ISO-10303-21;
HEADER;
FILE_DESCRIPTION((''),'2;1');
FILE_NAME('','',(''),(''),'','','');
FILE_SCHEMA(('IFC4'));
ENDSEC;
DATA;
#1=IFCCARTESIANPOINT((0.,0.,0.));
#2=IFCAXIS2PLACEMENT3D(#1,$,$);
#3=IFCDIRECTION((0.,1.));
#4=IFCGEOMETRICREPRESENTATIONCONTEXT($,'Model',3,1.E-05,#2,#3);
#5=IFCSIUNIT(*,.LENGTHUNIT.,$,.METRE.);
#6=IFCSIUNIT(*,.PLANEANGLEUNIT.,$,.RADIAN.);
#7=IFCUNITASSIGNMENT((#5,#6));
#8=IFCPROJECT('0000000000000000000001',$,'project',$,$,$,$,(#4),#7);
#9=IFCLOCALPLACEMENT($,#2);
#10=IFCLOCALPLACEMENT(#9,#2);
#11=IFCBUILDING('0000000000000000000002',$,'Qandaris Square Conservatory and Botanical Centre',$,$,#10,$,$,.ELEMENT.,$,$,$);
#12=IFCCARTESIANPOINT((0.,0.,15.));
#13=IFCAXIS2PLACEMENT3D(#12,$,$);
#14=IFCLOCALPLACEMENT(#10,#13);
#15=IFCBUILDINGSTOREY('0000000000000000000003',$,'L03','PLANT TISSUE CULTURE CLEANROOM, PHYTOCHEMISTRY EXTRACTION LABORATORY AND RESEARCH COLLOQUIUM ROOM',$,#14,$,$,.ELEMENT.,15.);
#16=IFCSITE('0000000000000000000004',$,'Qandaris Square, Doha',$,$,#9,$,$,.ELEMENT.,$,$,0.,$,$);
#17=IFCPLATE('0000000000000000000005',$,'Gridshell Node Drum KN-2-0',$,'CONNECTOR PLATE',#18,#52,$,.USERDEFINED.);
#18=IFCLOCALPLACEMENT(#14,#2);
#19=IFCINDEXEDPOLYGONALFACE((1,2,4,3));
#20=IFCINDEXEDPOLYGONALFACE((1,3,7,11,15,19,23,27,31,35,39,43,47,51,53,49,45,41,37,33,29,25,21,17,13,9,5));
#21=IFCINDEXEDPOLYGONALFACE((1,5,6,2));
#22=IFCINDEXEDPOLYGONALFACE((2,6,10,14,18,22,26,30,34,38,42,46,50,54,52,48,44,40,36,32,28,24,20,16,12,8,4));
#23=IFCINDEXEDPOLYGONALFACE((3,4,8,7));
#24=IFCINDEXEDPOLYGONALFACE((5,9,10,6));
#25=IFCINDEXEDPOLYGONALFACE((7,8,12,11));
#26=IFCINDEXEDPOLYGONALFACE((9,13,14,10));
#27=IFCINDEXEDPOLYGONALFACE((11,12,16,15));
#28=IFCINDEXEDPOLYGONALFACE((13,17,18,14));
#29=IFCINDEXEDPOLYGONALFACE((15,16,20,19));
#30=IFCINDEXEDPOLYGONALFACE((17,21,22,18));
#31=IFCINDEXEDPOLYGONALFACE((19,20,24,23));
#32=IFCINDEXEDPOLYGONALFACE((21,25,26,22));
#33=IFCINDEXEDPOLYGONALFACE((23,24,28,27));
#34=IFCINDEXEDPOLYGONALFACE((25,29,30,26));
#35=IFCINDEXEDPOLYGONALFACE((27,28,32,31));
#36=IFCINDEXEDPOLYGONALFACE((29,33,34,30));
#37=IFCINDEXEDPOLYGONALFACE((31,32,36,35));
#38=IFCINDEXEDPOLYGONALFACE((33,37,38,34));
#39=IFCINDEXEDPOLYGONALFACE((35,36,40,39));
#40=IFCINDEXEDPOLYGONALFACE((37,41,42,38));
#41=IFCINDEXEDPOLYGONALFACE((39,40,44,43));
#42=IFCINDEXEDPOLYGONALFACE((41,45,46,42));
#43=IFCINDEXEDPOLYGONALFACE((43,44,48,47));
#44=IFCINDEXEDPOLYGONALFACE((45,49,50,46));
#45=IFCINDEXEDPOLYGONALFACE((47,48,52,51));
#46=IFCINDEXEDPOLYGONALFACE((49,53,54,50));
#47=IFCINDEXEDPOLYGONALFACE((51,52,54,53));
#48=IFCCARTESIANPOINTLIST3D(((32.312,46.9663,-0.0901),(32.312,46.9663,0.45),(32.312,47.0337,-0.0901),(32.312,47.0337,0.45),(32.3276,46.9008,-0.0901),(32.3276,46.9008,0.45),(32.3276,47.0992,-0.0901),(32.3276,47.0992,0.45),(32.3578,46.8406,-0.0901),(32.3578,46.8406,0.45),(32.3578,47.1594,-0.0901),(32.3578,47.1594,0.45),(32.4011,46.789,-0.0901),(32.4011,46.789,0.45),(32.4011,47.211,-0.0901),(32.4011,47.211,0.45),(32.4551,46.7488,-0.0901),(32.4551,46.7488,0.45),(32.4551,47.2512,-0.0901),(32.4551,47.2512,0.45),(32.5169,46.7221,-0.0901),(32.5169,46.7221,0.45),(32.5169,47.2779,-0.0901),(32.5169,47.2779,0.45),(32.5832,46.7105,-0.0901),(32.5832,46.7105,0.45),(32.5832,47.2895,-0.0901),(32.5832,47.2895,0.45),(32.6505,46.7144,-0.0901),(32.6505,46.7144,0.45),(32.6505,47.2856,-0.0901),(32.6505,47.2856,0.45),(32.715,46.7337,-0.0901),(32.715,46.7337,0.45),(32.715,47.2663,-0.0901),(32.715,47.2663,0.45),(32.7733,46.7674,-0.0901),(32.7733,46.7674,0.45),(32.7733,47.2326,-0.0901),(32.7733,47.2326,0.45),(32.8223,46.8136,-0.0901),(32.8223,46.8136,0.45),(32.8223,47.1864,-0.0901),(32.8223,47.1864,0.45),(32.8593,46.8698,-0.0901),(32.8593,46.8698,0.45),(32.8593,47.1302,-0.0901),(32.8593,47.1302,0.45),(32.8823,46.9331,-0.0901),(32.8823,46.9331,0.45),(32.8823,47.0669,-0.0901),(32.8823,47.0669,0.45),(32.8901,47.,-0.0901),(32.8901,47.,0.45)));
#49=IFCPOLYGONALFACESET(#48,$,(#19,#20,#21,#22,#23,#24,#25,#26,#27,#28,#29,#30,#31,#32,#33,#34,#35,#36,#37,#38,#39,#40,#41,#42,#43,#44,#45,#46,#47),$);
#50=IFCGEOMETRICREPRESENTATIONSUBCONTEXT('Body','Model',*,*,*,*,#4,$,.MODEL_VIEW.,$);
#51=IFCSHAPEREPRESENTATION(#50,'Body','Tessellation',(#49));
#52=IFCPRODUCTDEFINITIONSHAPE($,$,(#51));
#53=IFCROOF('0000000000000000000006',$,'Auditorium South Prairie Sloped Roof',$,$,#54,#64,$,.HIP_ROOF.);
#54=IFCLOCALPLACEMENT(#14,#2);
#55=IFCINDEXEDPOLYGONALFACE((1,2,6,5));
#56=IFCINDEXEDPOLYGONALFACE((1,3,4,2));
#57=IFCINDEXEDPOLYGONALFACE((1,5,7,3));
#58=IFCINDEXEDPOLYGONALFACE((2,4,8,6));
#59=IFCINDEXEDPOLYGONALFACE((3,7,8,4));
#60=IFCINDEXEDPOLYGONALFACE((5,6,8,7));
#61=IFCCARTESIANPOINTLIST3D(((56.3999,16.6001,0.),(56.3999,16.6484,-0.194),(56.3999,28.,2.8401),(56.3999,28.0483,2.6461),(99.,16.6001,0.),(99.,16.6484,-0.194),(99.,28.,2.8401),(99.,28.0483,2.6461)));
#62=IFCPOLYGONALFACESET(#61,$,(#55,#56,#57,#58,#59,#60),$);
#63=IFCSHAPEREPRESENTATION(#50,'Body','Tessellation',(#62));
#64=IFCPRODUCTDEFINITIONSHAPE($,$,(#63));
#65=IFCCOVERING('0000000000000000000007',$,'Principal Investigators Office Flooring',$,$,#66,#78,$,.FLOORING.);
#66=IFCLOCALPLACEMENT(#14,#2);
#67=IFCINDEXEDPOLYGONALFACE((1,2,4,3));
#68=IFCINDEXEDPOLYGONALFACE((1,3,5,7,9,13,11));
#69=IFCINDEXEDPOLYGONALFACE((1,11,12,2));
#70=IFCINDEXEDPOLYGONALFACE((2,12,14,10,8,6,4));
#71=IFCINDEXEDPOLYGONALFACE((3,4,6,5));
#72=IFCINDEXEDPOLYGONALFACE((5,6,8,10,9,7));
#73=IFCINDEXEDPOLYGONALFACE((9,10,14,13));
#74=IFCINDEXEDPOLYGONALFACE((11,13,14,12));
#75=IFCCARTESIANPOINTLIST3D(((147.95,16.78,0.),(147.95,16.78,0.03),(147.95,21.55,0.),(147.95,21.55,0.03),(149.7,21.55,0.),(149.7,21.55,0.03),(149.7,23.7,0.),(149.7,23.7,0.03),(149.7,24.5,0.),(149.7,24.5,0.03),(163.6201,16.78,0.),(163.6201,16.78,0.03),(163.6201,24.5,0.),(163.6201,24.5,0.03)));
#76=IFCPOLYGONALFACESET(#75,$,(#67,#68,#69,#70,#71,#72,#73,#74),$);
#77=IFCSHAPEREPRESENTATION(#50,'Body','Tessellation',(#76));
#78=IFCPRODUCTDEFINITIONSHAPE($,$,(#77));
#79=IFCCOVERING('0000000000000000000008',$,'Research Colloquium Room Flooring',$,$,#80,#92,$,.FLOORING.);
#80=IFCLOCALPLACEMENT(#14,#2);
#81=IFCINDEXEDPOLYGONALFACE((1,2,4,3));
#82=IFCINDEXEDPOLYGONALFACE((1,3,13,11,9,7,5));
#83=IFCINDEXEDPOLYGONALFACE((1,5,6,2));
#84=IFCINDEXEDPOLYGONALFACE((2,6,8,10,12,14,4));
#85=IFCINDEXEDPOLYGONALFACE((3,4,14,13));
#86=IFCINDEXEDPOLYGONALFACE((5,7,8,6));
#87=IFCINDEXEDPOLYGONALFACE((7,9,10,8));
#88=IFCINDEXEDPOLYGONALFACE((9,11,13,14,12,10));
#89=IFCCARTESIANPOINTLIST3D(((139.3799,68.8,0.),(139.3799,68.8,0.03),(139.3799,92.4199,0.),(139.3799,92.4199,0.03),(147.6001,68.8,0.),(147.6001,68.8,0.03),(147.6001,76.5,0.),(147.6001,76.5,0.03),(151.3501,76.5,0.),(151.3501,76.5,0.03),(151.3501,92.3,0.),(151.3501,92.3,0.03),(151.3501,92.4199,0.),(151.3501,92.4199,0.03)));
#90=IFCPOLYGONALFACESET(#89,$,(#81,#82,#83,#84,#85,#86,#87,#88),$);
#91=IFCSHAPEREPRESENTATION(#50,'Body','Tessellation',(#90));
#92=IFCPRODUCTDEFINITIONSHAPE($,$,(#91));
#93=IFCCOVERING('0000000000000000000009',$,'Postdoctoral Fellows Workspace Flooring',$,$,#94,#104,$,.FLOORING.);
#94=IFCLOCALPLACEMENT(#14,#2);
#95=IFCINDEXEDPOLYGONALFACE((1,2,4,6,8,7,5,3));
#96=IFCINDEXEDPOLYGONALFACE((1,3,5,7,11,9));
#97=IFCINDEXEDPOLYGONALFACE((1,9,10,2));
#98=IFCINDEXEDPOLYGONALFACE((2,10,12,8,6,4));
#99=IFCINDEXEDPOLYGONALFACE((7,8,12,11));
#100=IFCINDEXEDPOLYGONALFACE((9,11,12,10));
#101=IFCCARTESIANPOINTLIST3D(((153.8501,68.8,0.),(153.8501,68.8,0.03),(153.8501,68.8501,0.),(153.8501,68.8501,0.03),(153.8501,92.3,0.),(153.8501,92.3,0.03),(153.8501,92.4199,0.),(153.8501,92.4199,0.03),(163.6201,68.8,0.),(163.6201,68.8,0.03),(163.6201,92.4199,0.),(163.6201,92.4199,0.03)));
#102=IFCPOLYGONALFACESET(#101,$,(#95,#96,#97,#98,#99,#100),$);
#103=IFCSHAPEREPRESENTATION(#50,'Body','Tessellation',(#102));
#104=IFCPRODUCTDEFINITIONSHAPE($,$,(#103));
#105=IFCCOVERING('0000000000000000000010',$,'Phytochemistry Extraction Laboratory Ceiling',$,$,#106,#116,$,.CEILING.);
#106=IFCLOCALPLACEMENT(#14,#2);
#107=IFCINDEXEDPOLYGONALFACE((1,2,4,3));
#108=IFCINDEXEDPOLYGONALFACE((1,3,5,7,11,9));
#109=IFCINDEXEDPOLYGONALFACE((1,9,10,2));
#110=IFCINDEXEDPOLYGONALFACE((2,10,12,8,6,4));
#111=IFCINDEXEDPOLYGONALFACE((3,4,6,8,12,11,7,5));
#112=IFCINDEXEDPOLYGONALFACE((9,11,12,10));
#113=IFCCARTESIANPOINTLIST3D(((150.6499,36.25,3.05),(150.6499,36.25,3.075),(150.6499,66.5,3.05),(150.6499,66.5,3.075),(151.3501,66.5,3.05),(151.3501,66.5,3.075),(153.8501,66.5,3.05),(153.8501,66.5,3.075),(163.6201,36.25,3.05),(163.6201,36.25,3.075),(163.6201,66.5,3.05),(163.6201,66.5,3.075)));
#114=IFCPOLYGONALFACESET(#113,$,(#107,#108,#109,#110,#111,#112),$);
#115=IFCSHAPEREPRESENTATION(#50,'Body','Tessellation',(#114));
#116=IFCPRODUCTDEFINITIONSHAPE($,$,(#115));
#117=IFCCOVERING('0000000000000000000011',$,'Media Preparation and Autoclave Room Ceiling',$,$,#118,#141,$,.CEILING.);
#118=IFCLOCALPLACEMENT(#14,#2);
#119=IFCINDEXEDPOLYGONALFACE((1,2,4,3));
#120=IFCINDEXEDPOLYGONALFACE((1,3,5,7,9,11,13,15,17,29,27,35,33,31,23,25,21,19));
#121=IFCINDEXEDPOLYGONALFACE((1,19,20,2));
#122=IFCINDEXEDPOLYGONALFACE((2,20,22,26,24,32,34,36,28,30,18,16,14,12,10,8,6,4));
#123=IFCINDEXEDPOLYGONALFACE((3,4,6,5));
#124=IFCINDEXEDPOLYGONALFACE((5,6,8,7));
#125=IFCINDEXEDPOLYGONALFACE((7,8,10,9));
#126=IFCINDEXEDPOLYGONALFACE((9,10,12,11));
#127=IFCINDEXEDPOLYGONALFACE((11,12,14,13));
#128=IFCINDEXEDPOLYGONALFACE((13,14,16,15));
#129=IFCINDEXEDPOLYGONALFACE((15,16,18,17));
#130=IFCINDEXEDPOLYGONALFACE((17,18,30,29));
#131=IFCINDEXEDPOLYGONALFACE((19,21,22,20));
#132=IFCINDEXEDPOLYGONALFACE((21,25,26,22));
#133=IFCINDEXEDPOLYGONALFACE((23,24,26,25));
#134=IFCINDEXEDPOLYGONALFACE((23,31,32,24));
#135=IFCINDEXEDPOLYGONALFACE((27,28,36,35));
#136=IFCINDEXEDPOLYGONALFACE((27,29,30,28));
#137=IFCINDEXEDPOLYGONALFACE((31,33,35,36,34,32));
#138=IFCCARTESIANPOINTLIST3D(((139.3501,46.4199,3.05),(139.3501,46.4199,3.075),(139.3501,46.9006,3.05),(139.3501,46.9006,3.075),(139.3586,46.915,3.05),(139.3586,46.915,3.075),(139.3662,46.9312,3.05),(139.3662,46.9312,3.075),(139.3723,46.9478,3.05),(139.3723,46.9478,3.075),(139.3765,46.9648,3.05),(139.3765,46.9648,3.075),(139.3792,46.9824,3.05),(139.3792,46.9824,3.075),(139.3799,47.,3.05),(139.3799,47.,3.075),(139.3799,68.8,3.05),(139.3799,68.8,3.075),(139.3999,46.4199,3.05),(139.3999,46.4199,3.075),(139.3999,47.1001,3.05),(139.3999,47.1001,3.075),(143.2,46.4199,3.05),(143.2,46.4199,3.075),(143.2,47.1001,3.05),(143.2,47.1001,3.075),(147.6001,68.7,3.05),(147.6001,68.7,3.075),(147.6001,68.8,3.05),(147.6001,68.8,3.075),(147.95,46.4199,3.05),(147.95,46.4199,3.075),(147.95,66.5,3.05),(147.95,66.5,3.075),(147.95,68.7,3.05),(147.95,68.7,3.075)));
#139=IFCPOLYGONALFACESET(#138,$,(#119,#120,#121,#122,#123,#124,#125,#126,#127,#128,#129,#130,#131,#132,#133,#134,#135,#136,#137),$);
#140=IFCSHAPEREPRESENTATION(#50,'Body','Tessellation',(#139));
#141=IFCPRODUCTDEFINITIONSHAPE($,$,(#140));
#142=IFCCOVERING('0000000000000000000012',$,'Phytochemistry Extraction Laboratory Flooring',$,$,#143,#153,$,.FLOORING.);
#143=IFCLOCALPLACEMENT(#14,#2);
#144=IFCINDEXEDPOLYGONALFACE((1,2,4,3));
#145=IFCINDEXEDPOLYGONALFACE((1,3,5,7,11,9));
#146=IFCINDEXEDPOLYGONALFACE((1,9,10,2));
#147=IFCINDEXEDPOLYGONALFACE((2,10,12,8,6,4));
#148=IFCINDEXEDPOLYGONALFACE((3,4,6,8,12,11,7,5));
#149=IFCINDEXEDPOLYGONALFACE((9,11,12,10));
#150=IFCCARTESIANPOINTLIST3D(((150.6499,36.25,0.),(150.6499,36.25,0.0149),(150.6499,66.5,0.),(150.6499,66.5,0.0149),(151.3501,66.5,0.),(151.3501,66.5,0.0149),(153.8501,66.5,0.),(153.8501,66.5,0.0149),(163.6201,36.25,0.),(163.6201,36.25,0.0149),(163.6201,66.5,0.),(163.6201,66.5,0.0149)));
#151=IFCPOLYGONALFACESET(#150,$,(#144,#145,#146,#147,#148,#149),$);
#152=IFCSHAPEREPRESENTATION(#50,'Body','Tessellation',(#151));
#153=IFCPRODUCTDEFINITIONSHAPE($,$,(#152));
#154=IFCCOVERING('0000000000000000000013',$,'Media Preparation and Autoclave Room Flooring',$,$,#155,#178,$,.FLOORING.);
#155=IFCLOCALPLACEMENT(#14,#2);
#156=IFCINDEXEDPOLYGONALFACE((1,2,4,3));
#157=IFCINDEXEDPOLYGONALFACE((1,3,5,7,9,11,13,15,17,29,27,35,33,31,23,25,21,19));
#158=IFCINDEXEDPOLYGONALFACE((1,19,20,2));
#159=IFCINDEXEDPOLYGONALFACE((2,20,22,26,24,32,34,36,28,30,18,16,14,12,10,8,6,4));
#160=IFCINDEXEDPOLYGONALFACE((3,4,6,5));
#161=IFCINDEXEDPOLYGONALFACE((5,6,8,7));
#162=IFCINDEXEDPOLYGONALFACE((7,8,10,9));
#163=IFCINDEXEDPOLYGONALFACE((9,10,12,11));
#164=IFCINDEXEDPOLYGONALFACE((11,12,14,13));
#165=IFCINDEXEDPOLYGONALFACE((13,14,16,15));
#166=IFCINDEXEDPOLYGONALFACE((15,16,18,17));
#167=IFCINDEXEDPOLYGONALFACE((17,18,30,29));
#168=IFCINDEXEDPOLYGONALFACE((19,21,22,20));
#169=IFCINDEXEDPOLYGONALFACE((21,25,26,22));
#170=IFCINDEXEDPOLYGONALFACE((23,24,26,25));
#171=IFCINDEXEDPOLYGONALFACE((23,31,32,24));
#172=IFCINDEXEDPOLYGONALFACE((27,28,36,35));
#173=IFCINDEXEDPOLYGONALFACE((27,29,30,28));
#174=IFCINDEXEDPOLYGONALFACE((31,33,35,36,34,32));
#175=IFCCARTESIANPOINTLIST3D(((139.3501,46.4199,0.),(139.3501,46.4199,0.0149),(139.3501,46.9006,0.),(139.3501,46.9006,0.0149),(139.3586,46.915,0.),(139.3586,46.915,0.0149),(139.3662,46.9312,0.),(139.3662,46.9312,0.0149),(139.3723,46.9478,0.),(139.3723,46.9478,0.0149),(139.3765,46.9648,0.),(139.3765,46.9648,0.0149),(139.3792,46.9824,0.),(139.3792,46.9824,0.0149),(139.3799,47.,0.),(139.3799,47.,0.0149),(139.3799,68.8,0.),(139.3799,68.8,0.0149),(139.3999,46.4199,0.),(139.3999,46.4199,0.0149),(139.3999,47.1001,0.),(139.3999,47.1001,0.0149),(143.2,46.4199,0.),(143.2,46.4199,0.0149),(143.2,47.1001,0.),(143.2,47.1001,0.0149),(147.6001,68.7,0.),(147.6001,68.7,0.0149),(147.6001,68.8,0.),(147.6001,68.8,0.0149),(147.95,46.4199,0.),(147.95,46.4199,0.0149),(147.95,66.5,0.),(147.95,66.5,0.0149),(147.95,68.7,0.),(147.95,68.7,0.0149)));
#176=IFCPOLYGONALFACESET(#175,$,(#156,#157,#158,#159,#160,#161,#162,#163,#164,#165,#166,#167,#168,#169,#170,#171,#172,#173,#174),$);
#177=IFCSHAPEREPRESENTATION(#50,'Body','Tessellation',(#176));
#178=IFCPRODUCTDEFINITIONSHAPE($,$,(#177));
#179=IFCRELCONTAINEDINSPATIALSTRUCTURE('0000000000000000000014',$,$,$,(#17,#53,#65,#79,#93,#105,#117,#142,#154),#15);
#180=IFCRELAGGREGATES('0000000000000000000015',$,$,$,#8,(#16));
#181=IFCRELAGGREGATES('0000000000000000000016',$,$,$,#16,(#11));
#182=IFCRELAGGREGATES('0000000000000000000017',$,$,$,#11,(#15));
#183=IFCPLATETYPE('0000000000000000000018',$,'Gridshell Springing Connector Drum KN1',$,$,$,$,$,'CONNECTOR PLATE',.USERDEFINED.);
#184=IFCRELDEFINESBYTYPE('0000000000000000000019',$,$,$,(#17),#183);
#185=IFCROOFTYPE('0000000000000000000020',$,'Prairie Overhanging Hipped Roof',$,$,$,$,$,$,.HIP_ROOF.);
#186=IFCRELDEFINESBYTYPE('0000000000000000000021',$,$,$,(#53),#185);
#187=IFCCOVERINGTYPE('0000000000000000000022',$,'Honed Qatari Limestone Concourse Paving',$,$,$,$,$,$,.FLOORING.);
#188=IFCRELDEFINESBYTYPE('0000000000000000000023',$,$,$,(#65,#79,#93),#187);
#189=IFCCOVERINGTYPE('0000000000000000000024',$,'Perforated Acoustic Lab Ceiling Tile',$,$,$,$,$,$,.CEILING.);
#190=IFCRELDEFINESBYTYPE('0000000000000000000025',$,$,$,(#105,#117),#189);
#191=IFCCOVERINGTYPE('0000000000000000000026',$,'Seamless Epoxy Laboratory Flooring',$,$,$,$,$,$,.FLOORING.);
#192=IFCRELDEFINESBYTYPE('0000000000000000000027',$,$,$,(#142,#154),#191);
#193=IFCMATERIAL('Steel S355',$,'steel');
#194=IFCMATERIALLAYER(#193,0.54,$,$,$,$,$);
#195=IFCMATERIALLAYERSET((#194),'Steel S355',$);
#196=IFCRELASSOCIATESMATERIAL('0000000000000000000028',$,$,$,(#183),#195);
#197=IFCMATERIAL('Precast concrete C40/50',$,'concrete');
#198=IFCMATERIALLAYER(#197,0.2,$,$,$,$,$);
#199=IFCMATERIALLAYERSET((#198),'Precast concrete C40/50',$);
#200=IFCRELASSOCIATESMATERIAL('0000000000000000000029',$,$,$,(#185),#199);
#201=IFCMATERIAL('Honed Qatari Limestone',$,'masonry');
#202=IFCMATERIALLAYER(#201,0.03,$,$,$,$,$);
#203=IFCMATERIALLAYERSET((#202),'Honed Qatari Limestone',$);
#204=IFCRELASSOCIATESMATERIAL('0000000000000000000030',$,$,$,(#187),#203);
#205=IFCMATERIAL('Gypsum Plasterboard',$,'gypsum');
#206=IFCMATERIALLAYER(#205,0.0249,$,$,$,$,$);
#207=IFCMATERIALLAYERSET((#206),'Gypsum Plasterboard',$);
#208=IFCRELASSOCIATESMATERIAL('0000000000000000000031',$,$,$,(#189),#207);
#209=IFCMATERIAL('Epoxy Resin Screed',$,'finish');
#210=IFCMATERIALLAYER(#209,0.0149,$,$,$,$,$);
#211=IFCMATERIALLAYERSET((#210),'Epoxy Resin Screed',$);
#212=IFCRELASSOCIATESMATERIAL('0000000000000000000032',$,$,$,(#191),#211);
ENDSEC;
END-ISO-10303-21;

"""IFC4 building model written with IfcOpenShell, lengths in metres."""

from ifc_helpers import new_model, si_unit, direction, frame, origin, origin_2d, place, context, subcontext, project, spatial, polyline, circle, outline, extrude, material, layer, layer_set, type_object, element, save


model = new_model("IFC4")

# Units and contexts
model_context = context("Model", 3, precision=1e-05, world=origin(), true_north=direction((0.0, 1.0)))
body_context = subcontext(model_context, "Body", "Model", "MODEL_VIEW")
ifc_project = project(units=[si_unit("LENGTHUNIT", "METRE"), si_unit("PLANEANGLEUNIT", "RADIAN")], contexts=[model_context])

# Site, building, storey
site_placement = place(None, origin())
site = spatial("IfcSite", under=ifc_project, at=site_placement, Name="Qandaris Square, Doha", CompositionType="ELEMENT", RefElevation=0.0)
building_placement = place(site_placement, origin())
building = spatial("IfcBuilding", under=site, at=building_placement, Name="Qandaris Square Conservatory and Botanical Centre", CompositionType="ELEMENT")
storey_placement = place(building_placement, frame((0.0, 0.0, 15.0)))
storey = spatial("IfcBuildingStorey", under=building, at=storey_placement, Name="L03", Description="PLANT TISSUE CULTURE CLEANROOM, PHYTOCHEMISTRY EXTRACTION LABORATORY AND RESEARCH COLLOQUIUM ROOM", CompositionType="ELEMENT", Elevation=15.0)

# Shared definitions
ifc_material_1 = material(Name="Steel S355", Category="steel")

# Plate
ifc_layer_1 = layer(ifc_material_1, 0.54)
ifc_layer_set_1 = layer_set([ifc_layer_1], Name="Steel S355")
plate_type_1 = type_object("IfcPlateType", Name="Gridshell Springing Connector Drum KN1", ElementType="CONNECTOR PLATE", PredefinedType="USERDEFINED", material=ifc_layer_set_1)
for number, where, z_axis, x_axis, name in (
    (1, (32.6001, 47.0, -0.0901), (0.0, 0.0, 1.0), (1.0, 0.0, 0.0), "Gridshell Node Drum KN-2-0"),
):
    element("IfcPlate", number, at=place(storey_placement, frame(where, z_axis=z_axis, x_axis=x_axis)), inside=storey, type_object=plate_type_1, Name=name, ObjectType="CONNECTOR PLATE", PredefinedType="USERDEFINED", context=body_context, shape_type="SweptSolid", body=[
        extrude(circle(Radius=0.29, at=origin_2d()), origin(), (0.0, 0.0, 1.0), 0.54),
    ])

# Roof
ifc_material_2 = material(Name="Precast concrete C40/50", Category="concrete")
ifc_layer_2 = layer(ifc_material_2, 0.2)
ifc_layer_set_2 = layer_set([ifc_layer_2], Name="Precast concrete C40/50")
roof_type = type_object("IfcRoofType", Name="Prairie Overhanging Hipped Roof", PredefinedType="HIP_ROOF", material=ifc_layer_set_2)
roof_placement = place(storey_placement, frame((56.3999, 16.6001, 0.0), z_axis=(0.0, -0.241743, 0.97034), x_axis=(1.0, 0.0, 0.0)))
element("IfcRoof", 2, at=roof_placement, inside=storey, type_object=roof_type, Name="Auditorium South Prairie Sloped Roof", PredefinedType="HIP_ROOF", context=body_context, shape_type="SweptSolid", body=[
    extrude(outline(polyline([(0.0, 0.0), (42.6001, 0.0), (42.6001, 11.7484), (0.0, 11.7484), (0.0, 0.0)])), origin(), (0.0, 0.0, -1.0), 0.2),
])

# Coverings
ifc_material_3 = material(Name="Honed Qatari Limestone", Category="masonry")
ifc_layer_3 = layer(ifc_material_3, 0.03)
ifc_layer_set_3 = layer_set([ifc_layer_3], Name="Honed Qatari Limestone")
covering_type_1 = type_object("IfcCoveringType", Name="Honed Qatari Limestone Concourse Paving", PredefinedType="FLOORING", material=ifc_layer_set_3)
covering_1_placement = place(storey_placement, origin())
element("IfcCovering", 3, at=covering_1_placement, inside=storey, type_object=covering_type_1, Name="Principal Investigators Office Flooring", PredefinedType="FLOORING", context=body_context, shape_type="SweptSolid", body=[
    extrude(outline(polyline([(147.95, 21.55), (149.7, 21.55), (149.7, 23.7), (149.7, 24.5), (163.6201, 24.5), (163.6201, 16.78), (147.95, 16.78), (147.95, 21.55)])), origin(), (0.0, 0.0, 1.0), 0.03),
])
covering_2_placement = place(storey_placement, origin())
element("IfcCovering", 4, at=covering_2_placement, inside=storey, type_object=covering_type_1, Name="Research Colloquium Room Flooring", PredefinedType="FLOORING", context=body_context, shape_type="SweptSolid", body=[
    extrude(outline(polyline([(151.3501, 92.3), (151.3501, 76.5), (147.6001, 76.5), (147.6001, 68.8), (139.3799, 68.8), (139.3799, 92.4199), (151.3501, 92.4199), (151.3501, 92.3)])), origin(), (0.0, 0.0, 1.0), 0.03),
])
covering_3_placement = place(storey_placement, origin())
element("IfcCovering", 5, at=covering_3_placement, inside=storey, type_object=covering_type_1, Name="Postdoctoral Fellows Workspace Flooring", PredefinedType="FLOORING", context=body_context, shape_type="SweptSolid", body=[
    extrude(outline(polyline([(153.8501, 68.8), (153.8501, 68.8501), (153.8501, 92.3), (153.8501, 92.4199), (163.6201, 92.4199), (163.6201, 68.8), (153.8501, 68.8)])), origin(), (0.0, 0.0, 1.0), 0.03),
])
ifc_material_4 = material(Name="Gypsum Plasterboard", Category="gypsum")
ifc_layer_4 = layer(ifc_material_4, 0.0249)
ifc_layer_set_4 = layer_set([ifc_layer_4], Name="Gypsum Plasterboard")
covering_type_2 = type_object("IfcCoveringType", Name="Perforated Acoustic Lab Ceiling Tile", PredefinedType="CEILING", material=ifc_layer_set_4)
covering_4_placement = place(storey_placement, frame((0.0, 0.0, 3.05)))
element("IfcCovering", 6, at=covering_4_placement, inside=storey, type_object=covering_type_2, Name="Phytochemistry Extraction Laboratory Ceiling", PredefinedType="CEILING", context=body_context, shape_type="SweptSolid", body=[
    extrude(outline(polyline([(150.6499, 66.5), (151.3501, 66.5), (153.8501, 66.5), (163.6201, 66.5), (163.6201, 36.25), (150.6499, 36.25), (150.6499, 66.5)])), origin(), (0.0, 0.0, 1.0), 0.0249),
])
covering_5_placement = place(storey_placement, frame((0.0, 0.0, 3.05)))
element("IfcCovering", 7, at=covering_5_placement, inside=storey, type_object=covering_type_2, Name="Media Preparation and Autoclave Room Ceiling", PredefinedType="CEILING", context=body_context, shape_type="SweptSolid", body=[
    extrude(outline(polyline([(139.3723, 46.9478), (139.3765, 46.9648), (139.3792, 46.9824), (139.3799, 47.0), (139.3799, 68.8), (147.6001, 68.8), (147.6001, 68.7), (147.95, 68.7), (147.95, 66.5), (147.95, 46.4199), (143.2, 46.4199), (143.2, 47.1001), (139.3999, 47.1001), (139.3999, 46.4199), (139.3501, 46.4199), (139.3501, 46.9006), (139.3586, 46.915), (139.3662, 46.9312), (139.3723, 46.9478)])), origin(), (0.0, 0.0, 1.0), 0.0249),
])
ifc_material_5 = material(Name="Epoxy Resin Screed", Category="finish")
ifc_layer_5 = layer(ifc_material_5, 0.0149)
ifc_layer_set_5 = layer_set([ifc_layer_5], Name="Epoxy Resin Screed")
covering_type_3 = type_object("IfcCoveringType", Name="Seamless Epoxy Laboratory Flooring", PredefinedType="FLOORING", material=ifc_layer_set_5)
covering_6_placement = place(storey_placement, origin())
element("IfcCovering", 8, at=covering_6_placement, inside=storey, type_object=covering_type_3, Name="Phytochemistry Extraction Laboratory Flooring", PredefinedType="FLOORING", context=body_context, shape_type="SweptSolid", body=[
    extrude(outline(polyline([(150.6499, 66.5), (151.3501, 66.5), (153.8501, 66.5), (163.6201, 66.5), (163.6201, 36.25), (150.6499, 36.25), (150.6499, 66.5)])), origin(), (0.0, 0.0, 1.0), 0.0149),
])
covering_7_placement = place(storey_placement, origin())
element("IfcCovering", 9, at=covering_7_placement, inside=storey, type_object=covering_type_3, Name="Media Preparation and Autoclave Room Flooring", PredefinedType="FLOORING", context=body_context, shape_type="SweptSolid", body=[
    extrude(outline(polyline([(139.3723, 46.9478), (139.3765, 46.9648), (139.3792, 46.9824), (139.3799, 47.0), (139.3799, 68.8), (147.6001, 68.8), (147.6001, 68.7), (147.95, 68.7), (147.95, 66.5), (147.95, 46.4199), (143.2, 46.4199), (143.2, 47.1001), (139.3999, 47.1001), (139.3999, 46.4199), (139.3501, 46.4199), (139.3501, 46.9006), (139.3586, 46.915), (139.3662, 46.9312), (139.3723, 46.9478)])), origin(), (0.0, 0.0, 1.0), 0.0149),
])

save(model, "model.ifc")
